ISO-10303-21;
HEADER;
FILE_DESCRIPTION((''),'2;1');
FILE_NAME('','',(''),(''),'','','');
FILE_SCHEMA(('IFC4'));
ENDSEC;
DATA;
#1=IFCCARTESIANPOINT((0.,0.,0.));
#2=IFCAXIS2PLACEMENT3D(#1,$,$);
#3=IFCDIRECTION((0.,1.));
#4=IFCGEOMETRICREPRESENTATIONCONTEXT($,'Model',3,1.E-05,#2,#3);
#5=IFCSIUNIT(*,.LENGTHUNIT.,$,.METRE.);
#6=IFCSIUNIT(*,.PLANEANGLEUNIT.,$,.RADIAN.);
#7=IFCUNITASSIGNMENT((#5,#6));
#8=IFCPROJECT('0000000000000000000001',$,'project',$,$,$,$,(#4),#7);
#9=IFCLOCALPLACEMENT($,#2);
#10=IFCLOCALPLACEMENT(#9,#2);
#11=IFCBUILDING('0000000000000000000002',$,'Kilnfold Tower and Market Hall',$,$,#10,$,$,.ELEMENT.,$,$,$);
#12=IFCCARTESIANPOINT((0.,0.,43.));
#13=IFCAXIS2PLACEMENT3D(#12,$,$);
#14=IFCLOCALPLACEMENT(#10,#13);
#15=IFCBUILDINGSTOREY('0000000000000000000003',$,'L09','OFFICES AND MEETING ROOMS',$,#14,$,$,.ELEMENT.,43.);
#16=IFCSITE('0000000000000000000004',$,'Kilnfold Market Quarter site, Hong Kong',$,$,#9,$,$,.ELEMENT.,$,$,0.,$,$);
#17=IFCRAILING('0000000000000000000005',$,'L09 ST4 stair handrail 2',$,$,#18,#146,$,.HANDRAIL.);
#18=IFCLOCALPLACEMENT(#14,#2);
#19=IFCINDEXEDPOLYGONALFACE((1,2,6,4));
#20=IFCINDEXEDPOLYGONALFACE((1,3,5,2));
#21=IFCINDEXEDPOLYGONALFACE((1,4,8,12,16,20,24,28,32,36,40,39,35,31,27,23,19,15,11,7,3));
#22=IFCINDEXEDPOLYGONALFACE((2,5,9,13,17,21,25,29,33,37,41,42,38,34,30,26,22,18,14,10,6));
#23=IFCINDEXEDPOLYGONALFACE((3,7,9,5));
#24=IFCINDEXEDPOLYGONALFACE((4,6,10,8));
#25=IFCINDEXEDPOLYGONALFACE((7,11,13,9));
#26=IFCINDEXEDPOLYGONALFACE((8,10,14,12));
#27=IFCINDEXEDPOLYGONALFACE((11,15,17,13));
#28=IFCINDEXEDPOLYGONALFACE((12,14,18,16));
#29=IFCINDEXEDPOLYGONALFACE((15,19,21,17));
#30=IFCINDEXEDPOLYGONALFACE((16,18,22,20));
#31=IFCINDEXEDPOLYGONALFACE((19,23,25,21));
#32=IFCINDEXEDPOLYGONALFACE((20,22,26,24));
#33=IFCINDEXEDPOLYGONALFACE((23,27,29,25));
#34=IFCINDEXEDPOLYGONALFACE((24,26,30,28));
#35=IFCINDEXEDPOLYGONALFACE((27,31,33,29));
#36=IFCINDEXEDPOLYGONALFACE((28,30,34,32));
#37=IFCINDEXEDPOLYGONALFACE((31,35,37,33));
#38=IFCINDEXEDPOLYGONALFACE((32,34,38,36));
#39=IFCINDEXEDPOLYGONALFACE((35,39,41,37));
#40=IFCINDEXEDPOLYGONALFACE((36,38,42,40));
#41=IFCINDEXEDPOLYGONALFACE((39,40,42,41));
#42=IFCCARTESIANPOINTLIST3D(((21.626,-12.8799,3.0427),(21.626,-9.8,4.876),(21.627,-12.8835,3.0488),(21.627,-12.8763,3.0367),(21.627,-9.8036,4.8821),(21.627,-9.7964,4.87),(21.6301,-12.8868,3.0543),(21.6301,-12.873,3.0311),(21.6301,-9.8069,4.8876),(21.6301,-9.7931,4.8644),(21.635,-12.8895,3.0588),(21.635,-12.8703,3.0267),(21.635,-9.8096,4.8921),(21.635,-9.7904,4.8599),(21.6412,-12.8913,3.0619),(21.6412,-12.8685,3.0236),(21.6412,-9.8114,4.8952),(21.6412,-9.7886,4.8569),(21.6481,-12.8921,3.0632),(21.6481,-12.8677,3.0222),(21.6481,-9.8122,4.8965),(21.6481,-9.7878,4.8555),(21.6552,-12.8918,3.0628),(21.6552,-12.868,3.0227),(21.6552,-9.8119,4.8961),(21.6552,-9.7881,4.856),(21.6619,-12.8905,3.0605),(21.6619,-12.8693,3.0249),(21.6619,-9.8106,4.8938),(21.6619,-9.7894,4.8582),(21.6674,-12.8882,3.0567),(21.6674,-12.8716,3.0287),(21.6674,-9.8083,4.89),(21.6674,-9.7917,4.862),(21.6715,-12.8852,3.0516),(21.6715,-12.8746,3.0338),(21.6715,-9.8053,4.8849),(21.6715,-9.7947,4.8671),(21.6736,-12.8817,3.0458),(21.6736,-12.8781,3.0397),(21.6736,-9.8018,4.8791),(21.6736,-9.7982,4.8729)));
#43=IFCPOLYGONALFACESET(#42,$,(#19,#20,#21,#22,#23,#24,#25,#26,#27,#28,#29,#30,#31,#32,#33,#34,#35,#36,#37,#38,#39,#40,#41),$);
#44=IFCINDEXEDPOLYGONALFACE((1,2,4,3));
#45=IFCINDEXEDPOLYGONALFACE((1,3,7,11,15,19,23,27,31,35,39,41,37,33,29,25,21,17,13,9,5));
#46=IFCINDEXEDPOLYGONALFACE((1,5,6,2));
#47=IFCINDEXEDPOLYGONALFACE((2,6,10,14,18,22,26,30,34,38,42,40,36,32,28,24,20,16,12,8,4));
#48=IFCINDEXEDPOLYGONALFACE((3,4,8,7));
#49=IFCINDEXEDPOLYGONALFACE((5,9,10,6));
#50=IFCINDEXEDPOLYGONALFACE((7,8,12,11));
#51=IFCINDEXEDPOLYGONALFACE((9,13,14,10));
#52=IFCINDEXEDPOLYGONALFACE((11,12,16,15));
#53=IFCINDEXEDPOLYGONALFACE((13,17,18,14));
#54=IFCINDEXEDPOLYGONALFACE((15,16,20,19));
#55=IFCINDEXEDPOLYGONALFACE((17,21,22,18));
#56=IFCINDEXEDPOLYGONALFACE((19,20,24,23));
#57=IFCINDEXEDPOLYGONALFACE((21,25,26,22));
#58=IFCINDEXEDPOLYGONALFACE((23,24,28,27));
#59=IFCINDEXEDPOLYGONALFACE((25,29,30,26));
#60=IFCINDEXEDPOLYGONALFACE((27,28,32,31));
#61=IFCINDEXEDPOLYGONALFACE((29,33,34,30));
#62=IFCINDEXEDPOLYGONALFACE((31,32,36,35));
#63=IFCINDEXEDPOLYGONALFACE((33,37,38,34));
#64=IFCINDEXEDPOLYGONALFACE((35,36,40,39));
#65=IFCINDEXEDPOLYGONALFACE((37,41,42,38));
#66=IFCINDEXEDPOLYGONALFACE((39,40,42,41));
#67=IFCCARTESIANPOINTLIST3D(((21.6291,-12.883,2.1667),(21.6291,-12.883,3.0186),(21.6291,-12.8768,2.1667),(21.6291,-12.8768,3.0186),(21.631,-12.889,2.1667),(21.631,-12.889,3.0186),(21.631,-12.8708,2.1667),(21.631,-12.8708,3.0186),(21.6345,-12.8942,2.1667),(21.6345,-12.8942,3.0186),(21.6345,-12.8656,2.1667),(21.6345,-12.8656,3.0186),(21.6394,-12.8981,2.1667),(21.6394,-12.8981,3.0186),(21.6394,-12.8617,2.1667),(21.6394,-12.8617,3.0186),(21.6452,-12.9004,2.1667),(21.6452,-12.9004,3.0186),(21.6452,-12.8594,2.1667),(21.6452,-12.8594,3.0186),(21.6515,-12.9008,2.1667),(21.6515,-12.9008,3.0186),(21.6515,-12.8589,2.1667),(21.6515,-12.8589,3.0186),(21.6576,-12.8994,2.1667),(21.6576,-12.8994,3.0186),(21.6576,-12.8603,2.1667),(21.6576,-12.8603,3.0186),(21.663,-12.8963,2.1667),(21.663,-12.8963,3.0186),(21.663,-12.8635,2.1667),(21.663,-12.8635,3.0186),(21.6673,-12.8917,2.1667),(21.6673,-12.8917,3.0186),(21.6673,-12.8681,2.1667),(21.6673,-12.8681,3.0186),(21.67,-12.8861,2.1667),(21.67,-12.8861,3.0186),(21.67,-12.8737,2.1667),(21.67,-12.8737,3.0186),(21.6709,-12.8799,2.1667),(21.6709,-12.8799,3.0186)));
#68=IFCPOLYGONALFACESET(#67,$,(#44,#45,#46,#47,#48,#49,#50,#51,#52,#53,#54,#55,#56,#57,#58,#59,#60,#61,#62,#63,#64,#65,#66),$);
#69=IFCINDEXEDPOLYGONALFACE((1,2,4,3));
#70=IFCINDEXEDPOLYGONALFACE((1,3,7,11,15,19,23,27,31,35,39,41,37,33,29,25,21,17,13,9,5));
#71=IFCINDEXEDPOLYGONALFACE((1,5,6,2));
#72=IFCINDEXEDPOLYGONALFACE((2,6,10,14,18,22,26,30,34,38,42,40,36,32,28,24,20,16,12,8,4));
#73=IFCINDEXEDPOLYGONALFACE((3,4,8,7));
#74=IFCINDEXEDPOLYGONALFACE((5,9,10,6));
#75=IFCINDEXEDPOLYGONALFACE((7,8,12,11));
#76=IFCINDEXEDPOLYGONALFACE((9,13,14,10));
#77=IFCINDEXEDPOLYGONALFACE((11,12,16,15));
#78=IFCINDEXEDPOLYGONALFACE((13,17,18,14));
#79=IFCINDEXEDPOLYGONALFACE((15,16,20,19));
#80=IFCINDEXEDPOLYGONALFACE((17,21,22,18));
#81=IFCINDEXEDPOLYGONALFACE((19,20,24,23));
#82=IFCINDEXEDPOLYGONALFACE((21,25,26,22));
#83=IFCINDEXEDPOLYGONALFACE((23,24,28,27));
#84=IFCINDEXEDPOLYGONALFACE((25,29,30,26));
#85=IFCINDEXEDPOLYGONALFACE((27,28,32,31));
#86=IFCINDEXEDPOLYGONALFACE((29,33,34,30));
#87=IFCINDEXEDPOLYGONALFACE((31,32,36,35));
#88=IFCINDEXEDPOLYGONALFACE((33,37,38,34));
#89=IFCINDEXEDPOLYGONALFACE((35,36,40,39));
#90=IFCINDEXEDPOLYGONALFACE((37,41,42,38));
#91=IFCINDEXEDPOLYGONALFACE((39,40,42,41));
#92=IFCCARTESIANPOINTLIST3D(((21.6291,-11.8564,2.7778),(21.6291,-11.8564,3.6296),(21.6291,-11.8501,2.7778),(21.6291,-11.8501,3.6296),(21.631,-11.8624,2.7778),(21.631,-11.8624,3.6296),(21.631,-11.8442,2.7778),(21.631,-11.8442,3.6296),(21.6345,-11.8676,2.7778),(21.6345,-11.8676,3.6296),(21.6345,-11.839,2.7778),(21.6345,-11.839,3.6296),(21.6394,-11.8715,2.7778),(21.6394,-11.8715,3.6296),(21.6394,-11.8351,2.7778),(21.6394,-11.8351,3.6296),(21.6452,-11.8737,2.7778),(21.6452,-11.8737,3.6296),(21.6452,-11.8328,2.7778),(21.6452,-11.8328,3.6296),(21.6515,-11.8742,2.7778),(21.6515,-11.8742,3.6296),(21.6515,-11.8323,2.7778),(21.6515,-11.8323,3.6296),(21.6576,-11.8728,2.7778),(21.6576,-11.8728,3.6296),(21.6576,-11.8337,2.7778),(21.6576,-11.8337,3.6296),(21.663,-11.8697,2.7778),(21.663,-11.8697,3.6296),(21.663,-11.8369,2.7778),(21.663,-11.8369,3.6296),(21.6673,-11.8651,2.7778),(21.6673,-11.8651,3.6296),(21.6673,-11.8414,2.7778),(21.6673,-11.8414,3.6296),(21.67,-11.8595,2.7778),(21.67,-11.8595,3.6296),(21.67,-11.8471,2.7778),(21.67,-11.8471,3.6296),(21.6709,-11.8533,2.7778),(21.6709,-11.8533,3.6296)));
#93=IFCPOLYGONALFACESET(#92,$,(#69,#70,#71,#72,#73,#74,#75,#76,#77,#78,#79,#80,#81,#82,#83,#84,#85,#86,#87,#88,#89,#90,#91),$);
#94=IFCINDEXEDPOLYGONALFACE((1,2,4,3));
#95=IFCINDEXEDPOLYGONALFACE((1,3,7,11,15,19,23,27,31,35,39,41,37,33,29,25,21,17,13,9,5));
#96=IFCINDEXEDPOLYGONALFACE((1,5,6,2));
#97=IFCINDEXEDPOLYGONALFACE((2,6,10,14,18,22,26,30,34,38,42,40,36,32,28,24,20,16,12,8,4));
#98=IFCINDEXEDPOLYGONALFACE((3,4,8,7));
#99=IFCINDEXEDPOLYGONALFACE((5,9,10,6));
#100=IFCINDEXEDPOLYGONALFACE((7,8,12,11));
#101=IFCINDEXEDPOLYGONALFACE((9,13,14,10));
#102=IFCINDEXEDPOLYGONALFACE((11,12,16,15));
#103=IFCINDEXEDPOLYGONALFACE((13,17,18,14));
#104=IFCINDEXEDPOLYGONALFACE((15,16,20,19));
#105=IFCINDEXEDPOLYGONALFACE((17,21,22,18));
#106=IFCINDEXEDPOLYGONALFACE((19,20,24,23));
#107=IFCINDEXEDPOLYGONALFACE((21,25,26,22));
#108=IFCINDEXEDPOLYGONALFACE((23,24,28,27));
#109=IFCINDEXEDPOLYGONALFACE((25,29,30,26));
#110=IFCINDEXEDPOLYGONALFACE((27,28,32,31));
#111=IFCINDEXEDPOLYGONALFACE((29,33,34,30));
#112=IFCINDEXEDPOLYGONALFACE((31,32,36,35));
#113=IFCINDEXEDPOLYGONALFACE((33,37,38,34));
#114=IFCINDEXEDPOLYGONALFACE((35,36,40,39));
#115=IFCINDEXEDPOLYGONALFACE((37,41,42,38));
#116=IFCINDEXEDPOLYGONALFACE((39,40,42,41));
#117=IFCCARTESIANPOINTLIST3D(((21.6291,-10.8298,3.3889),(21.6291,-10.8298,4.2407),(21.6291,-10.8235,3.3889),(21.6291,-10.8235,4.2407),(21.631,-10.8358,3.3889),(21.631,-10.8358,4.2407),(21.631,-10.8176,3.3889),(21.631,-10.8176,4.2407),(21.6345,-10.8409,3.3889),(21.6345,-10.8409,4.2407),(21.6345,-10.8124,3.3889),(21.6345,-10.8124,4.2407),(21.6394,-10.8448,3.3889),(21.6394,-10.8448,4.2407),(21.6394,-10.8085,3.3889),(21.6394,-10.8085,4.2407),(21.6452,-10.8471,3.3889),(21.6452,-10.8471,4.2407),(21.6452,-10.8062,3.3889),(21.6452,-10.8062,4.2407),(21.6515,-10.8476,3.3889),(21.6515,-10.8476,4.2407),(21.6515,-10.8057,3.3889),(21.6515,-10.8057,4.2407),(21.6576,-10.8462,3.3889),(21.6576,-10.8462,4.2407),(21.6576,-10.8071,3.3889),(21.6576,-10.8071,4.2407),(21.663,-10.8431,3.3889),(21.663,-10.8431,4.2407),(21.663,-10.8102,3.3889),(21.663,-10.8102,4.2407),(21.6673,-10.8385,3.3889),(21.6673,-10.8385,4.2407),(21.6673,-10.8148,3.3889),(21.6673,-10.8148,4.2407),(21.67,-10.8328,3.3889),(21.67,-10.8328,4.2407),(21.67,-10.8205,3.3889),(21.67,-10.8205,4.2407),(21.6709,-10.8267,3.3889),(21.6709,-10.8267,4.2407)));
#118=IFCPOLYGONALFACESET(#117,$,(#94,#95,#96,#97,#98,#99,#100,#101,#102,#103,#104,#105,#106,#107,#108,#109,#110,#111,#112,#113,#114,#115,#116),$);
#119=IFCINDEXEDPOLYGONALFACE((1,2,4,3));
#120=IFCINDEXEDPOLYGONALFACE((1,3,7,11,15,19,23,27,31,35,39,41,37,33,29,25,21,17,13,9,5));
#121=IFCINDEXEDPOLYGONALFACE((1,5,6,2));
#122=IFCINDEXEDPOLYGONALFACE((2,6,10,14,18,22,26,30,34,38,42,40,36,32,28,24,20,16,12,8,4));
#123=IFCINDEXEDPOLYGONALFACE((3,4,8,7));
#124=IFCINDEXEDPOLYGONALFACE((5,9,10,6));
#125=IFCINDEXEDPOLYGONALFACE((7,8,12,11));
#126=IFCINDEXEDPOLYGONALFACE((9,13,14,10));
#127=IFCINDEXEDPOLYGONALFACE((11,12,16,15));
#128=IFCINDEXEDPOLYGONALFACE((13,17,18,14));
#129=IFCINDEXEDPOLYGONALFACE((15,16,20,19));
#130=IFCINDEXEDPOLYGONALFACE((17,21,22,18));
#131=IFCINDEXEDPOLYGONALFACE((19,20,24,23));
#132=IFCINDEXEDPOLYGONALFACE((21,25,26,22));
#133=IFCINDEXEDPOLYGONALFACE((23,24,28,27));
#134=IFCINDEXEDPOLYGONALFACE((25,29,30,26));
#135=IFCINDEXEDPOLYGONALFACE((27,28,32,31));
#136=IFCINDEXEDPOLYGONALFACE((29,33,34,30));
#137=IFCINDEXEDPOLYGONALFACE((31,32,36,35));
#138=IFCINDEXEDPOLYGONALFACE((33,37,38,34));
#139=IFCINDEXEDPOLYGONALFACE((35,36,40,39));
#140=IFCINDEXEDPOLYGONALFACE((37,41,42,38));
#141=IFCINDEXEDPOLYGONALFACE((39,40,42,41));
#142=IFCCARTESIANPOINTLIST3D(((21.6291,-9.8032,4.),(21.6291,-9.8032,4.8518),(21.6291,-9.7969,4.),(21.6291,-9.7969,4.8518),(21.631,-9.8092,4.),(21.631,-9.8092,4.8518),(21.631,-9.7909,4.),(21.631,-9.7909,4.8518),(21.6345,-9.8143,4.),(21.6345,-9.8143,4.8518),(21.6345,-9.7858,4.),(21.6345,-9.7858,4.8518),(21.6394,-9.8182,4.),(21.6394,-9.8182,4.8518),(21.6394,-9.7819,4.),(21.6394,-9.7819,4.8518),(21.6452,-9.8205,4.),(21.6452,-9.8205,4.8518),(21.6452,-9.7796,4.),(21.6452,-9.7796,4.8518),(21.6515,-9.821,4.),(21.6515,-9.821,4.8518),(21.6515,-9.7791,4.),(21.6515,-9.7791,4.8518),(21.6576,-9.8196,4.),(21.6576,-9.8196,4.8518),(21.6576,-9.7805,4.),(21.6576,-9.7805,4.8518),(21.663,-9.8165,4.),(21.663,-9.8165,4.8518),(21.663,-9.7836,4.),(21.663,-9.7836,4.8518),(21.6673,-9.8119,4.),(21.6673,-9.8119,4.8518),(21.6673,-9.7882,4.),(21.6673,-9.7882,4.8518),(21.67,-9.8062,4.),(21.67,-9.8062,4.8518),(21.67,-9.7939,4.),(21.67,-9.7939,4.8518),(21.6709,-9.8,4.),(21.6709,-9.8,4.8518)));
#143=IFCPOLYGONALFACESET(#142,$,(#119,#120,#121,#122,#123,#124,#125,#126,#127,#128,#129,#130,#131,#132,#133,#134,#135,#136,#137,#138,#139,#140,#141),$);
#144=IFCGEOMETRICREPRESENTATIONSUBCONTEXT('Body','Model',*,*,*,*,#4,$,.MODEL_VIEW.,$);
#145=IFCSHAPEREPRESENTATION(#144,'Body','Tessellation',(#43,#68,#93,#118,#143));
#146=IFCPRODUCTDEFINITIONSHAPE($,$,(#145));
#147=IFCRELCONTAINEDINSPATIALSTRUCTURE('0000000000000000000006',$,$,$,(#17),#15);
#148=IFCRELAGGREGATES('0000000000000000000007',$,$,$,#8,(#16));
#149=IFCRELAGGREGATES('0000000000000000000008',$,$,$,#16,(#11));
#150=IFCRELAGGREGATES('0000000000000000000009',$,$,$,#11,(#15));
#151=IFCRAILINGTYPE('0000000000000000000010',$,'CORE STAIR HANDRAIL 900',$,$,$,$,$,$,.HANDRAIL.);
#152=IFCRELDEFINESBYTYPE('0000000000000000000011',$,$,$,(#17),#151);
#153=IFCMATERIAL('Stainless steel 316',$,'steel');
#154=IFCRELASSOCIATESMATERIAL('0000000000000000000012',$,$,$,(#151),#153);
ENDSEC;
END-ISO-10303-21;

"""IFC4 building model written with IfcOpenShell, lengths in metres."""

from ifc_helpers import new_model, si_unit, direction, frame, origin, origin_2d, place, context, subcontext, project, spatial, circle, extrude, material, type_object, element, save


model = new_model("IFC4")

# Units and contexts
model_context = context("Model", 3, precision=1e-05, world=origin(), true_north=direction((0.0, 1.0)))
body_context = subcontext(model_context, "Body", "Model", "MODEL_VIEW")
ifc_project = project(units=[si_unit("LENGTHUNIT", "METRE"), si_unit("PLANEANGLEUNIT", "RADIAN")], contexts=[model_context])

# Site, building, storey
site_placement = place(None, origin())
site = spatial("IfcSite", under=ifc_project, at=site_placement, Name="Kilnfold Market Quarter site, Hong Kong", CompositionType="ELEMENT", RefElevation=0.0)
building_placement = place(site_placement, origin())
building = spatial("IfcBuilding", under=site, at=building_placement, Name="Kilnfold Tower and Market Hall", CompositionType="ELEMENT")
storey_placement = place(building_placement, frame((0.0, 0.0, 43.0)))
storey = spatial("IfcBuildingStorey", under=building, at=storey_placement, Name="L09", Description="OFFICES AND MEETING ROOMS", CompositionType="ELEMENT", Elevation=43.0)

# Railing
ifc_material_1 = material(Name="Stainless steel 316", Category="steel")
railing_type_1 = type_object("IfcRailingType", Name="CORE STAIR HANDRAIL 900", PredefinedType="HANDRAIL", material=ifc_material_1)
railing_1_placement = place(storey_placement, frame((21.6499, -12.8799, 2.1667)))
element("IfcRailing", 1, at=railing_1_placement, inside=storey, type_object=railing_type_1, Name="L09 ST4 stair handrail 2", PredefinedType="HANDRAIL", context=body_context, shape_type="SweptSolid", body=[
    extrude(circle(Radius=0.0239, at=origin_2d()), frame((0.0, 0.0, 0.876), z_axis=(0.0, 0.859291, 0.511487), x_axis=(-1.0, 0.0, 0.0)), (0.0, 0.0, 1.0), 3.5842),
    extrude(circle(Radius=0.021, at=origin_2d()), origin(), (0.0, 0.0, 1.0), 0.8518),
    extrude(circle(Radius=0.021, at=origin_2d()), frame((0.0, 1.0266, 0.6111)), (0.0, 0.0, 1.0), 0.8518),
    extrude(circle(Radius=0.021, at=origin_2d()), frame((0.0, 2.0532, 1.2222)), (0.0, 0.0, 1.0), 0.8518),
    extrude(circle(Radius=0.021, at=origin_2d()), frame((0.0, 3.0798, 1.8333)), (0.0, 0.0, 1.0), 0.8518),
])

save(model, "model.ifc")
